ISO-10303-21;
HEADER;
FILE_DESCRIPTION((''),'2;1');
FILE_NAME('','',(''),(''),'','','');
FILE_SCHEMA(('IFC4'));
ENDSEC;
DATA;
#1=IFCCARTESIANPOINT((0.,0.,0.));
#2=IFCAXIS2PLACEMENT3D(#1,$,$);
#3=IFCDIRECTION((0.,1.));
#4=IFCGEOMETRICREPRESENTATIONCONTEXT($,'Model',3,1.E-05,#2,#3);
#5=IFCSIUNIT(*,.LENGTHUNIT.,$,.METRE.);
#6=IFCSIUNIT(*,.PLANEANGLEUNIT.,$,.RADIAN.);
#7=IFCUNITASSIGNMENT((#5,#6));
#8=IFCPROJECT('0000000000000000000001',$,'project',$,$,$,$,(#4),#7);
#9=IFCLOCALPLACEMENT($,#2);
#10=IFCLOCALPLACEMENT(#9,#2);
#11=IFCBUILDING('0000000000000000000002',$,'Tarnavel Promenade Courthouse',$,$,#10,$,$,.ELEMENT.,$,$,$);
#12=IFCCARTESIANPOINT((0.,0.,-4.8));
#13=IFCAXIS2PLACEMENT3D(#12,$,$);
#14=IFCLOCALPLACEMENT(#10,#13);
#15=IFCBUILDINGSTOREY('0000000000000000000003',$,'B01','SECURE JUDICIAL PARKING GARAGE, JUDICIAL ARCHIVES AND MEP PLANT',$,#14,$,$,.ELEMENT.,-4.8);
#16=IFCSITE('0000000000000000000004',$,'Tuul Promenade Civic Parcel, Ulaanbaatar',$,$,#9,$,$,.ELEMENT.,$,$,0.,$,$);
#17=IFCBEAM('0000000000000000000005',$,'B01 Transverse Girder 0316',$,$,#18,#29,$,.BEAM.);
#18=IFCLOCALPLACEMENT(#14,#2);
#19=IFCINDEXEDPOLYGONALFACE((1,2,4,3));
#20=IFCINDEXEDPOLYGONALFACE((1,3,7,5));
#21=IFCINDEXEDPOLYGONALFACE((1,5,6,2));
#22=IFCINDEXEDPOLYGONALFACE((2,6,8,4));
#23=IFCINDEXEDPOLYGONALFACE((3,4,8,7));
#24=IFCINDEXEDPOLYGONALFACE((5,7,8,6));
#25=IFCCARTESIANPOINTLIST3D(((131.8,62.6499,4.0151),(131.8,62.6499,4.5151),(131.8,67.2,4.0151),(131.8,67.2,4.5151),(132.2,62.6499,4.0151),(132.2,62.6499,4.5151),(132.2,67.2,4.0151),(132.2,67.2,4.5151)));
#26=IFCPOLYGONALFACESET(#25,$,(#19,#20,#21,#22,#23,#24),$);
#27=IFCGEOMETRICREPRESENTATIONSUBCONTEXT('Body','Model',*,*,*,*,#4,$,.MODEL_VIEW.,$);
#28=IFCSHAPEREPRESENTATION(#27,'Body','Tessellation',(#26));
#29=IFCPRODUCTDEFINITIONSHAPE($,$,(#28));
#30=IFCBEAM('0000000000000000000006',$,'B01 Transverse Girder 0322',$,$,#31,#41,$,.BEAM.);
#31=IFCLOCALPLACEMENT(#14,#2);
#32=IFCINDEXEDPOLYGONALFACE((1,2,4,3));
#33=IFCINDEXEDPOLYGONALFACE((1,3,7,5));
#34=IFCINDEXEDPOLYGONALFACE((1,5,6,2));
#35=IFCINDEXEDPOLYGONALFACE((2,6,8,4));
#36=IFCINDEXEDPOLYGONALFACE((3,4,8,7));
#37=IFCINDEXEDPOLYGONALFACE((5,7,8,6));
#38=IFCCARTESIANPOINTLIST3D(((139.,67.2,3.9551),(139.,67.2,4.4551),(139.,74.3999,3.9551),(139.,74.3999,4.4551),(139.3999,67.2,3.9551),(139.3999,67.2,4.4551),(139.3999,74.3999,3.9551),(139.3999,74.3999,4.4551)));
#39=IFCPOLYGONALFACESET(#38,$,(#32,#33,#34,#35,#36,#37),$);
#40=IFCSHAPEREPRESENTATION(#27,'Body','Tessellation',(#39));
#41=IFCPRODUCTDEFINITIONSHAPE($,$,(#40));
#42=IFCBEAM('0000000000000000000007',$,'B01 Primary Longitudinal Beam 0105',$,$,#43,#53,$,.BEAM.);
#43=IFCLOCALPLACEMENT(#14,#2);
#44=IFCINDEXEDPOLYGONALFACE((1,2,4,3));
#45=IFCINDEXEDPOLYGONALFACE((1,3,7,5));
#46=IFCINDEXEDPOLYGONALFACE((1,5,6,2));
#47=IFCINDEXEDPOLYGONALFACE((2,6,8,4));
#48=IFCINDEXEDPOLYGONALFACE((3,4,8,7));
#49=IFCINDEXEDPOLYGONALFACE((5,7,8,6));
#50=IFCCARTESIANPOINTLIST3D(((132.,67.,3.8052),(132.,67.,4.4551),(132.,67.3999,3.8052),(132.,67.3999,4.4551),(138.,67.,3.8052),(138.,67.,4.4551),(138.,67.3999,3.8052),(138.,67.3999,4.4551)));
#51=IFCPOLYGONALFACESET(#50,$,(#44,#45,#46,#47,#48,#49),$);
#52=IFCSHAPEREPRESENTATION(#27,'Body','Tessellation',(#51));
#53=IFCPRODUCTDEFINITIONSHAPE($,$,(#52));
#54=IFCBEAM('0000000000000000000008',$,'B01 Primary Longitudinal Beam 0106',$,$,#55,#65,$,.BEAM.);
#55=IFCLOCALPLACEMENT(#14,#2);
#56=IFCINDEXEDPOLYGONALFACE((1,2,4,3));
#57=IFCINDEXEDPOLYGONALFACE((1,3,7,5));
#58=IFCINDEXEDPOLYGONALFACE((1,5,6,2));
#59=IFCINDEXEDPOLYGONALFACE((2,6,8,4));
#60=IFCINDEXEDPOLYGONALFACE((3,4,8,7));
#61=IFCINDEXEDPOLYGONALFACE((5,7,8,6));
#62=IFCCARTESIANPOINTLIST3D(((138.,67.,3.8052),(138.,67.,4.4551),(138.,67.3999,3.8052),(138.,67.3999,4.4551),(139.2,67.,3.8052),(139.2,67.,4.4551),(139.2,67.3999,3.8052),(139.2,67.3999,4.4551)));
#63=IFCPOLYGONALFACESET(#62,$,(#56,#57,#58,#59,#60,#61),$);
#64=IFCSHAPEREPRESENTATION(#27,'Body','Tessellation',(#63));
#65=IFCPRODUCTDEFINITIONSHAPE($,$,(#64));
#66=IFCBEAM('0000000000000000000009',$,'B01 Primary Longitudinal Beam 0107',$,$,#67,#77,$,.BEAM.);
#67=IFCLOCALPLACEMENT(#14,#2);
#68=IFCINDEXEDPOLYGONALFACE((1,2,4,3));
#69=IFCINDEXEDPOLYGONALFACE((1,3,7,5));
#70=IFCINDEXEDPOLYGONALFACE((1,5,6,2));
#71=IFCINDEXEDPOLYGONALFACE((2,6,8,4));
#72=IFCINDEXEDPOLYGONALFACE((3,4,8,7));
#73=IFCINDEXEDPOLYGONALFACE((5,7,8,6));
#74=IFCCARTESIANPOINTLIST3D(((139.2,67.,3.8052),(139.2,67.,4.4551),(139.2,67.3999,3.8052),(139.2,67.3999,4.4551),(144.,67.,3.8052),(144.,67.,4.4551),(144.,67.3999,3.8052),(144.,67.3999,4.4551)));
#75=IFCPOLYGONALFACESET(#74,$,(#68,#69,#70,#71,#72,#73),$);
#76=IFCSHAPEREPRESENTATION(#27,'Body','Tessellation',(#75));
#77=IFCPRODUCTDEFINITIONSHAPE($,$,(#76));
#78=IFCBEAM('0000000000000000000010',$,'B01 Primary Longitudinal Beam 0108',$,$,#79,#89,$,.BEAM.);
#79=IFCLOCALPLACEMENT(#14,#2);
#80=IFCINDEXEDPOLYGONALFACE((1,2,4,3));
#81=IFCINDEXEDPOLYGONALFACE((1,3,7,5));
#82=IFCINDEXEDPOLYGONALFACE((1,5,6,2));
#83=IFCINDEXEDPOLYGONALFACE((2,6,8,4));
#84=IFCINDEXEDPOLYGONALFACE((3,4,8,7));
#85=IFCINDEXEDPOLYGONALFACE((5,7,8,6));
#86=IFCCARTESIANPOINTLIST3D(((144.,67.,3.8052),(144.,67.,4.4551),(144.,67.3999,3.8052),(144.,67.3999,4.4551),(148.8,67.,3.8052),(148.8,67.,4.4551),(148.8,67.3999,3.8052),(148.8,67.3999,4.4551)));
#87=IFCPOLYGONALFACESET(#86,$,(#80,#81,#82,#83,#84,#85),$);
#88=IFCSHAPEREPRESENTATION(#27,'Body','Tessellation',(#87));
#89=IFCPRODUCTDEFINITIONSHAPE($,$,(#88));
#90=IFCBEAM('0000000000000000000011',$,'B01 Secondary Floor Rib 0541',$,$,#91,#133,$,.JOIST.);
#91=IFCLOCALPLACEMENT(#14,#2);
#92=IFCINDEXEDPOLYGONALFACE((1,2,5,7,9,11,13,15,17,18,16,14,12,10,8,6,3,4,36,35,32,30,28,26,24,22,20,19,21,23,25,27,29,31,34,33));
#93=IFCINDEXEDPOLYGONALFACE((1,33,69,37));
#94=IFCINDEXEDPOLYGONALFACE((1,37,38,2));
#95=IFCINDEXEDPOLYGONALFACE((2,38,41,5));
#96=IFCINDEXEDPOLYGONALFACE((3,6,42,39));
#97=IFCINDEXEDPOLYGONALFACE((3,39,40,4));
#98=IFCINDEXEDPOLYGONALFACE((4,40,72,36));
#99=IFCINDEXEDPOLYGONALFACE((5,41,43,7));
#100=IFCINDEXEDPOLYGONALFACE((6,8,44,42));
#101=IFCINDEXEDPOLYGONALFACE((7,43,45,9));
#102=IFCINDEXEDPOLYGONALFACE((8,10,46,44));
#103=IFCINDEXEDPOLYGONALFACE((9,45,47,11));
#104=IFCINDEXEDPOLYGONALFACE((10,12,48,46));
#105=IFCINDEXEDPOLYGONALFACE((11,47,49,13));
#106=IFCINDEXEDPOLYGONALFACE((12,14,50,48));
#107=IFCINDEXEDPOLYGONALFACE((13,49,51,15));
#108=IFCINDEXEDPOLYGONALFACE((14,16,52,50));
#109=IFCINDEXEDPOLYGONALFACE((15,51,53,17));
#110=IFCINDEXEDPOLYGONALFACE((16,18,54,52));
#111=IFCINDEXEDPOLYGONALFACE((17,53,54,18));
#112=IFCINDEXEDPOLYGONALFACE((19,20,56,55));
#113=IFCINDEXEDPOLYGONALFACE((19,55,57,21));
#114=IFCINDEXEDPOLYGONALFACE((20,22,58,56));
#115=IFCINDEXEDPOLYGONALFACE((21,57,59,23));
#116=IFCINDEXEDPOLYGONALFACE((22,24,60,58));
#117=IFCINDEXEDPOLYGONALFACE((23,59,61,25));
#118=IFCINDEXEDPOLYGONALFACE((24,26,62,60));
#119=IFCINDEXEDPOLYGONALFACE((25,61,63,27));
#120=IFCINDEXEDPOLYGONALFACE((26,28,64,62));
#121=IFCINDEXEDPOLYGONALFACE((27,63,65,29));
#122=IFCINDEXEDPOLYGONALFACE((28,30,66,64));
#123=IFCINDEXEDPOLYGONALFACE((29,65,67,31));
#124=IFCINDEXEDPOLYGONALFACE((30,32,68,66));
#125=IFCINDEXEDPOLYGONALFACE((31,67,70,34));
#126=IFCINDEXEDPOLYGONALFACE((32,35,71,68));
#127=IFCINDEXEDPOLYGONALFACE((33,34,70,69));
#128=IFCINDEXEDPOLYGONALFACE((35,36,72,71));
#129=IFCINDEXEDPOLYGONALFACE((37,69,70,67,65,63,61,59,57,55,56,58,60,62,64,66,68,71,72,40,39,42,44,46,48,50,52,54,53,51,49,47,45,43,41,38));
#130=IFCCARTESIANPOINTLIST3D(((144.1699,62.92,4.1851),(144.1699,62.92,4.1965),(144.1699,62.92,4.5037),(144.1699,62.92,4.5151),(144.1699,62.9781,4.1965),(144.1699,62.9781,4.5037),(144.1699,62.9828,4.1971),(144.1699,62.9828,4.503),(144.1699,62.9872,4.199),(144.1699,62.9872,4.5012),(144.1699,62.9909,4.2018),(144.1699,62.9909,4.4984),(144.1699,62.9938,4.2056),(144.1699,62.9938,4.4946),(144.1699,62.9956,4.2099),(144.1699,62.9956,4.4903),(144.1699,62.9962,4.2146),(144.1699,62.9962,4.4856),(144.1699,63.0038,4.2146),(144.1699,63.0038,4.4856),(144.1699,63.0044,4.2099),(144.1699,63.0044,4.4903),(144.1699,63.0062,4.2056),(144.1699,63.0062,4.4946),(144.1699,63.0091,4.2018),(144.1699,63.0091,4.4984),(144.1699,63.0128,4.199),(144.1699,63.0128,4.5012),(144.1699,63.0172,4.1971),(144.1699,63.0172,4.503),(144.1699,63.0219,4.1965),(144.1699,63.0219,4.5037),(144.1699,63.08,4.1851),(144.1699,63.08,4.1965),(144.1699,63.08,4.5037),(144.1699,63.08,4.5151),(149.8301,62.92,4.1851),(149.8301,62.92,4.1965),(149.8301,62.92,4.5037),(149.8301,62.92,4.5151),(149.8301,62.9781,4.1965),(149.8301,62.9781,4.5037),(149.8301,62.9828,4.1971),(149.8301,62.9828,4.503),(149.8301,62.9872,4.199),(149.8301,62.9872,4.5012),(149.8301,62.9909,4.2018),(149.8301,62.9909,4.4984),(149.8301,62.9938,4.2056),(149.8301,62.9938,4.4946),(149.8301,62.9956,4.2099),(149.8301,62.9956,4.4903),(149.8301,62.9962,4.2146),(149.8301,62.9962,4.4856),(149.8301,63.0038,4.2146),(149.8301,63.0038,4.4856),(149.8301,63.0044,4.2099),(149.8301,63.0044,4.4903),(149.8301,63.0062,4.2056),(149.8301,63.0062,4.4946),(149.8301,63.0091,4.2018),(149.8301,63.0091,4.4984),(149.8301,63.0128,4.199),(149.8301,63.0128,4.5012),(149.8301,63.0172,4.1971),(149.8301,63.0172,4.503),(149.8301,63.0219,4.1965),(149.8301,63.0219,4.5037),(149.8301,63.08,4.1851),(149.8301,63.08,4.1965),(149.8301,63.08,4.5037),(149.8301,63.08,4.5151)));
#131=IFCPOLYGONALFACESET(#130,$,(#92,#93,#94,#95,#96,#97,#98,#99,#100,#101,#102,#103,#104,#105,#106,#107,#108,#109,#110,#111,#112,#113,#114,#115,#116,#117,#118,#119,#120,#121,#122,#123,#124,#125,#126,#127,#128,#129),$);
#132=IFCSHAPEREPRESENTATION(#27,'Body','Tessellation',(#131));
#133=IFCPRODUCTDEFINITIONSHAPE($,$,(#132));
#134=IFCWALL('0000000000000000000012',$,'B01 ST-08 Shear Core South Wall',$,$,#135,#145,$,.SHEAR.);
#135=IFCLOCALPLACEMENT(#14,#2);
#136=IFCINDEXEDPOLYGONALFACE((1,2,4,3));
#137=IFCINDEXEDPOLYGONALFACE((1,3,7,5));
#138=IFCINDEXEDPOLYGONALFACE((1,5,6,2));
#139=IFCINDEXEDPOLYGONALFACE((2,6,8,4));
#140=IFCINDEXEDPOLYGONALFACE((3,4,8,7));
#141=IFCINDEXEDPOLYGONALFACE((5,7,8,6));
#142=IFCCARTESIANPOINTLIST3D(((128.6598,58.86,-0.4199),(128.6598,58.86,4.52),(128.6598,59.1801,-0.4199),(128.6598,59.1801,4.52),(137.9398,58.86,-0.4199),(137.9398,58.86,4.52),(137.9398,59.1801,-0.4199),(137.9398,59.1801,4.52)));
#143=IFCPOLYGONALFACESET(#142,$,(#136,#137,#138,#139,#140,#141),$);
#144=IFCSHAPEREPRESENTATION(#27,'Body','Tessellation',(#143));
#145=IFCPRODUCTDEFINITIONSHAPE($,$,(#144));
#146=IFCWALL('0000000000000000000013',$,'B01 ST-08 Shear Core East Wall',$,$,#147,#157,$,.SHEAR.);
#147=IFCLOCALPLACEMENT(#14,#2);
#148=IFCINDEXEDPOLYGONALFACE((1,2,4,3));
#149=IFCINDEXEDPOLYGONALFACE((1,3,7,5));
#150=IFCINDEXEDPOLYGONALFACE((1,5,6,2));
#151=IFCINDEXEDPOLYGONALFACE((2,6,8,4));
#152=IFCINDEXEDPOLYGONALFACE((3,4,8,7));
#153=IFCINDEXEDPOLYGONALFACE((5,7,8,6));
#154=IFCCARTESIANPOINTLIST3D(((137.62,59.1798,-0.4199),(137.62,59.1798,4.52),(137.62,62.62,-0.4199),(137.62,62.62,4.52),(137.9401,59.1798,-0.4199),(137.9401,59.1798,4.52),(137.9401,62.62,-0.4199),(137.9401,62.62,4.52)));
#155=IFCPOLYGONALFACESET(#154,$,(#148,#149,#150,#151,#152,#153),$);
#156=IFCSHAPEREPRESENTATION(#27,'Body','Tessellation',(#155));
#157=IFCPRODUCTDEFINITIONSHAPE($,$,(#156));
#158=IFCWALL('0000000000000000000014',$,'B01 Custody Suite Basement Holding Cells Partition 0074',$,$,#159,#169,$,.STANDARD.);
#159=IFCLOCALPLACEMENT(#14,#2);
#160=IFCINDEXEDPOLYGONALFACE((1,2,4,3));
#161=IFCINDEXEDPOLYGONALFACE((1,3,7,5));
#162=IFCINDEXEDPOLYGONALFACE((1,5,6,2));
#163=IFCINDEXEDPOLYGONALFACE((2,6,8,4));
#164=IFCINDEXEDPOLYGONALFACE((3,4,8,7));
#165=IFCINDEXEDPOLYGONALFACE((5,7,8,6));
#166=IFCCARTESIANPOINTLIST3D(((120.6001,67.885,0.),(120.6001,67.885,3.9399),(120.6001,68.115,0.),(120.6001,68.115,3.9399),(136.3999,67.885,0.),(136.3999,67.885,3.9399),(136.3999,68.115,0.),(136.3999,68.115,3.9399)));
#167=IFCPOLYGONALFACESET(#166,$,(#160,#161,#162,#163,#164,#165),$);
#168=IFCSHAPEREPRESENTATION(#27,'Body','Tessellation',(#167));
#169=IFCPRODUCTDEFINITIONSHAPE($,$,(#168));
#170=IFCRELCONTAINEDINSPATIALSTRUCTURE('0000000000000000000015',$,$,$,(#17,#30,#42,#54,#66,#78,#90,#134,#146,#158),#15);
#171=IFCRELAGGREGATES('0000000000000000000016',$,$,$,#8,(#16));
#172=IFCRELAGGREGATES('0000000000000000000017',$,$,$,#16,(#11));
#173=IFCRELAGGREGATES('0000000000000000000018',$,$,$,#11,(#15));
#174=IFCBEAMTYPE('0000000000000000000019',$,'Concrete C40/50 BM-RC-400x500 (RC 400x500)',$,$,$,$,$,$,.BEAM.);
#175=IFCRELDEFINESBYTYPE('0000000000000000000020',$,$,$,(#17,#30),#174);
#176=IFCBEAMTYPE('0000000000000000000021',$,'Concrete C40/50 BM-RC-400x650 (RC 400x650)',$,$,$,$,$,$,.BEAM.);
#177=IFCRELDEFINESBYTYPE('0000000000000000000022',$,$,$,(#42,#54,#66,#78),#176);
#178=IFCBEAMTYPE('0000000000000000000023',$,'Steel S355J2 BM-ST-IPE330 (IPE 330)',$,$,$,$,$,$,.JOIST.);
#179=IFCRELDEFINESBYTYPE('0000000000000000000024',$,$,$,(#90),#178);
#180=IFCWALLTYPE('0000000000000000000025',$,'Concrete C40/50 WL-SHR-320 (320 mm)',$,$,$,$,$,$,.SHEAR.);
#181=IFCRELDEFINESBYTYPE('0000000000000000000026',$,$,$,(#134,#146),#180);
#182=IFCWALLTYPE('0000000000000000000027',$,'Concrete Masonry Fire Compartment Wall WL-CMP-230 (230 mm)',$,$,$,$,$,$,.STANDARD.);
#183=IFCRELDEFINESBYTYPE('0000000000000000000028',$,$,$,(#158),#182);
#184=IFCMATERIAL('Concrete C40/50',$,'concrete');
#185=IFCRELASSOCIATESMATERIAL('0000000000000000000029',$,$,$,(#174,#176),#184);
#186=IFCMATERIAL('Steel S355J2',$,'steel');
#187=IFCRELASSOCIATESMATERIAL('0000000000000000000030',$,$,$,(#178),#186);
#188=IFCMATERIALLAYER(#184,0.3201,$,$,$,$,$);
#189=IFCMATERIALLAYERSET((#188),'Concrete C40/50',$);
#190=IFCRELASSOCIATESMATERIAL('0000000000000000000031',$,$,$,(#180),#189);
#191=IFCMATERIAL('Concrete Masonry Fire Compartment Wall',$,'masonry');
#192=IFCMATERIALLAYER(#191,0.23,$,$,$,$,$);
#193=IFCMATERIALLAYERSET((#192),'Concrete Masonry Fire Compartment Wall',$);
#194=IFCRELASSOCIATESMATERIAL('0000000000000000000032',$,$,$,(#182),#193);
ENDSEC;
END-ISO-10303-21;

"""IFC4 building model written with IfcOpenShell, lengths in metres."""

from ifc_helpers import new_model, si_unit, direction, frame, frame_2d, origin, origin_2d, place, context, subcontext, project, spatial, rectangle, i_section, extrude, material, layer, layer_set, material_profile, profile_set, type_object, element, save


model = new_model("IFC4")

# Units and contexts
model_context = context("Model", 3, precision=1e-05, world=origin(), true_north=direction((0.0, 1.0)))
body_context = subcontext(model_context, "Body", "Model", "MODEL_VIEW")
ifc_project = project(units=[si_unit("LENGTHUNIT", "METRE"), si_unit("PLANEANGLEUNIT", "RADIAN")], contexts=[model_context])

# Site, building, storey
site_placement = place(None, origin())
site = spatial("IfcSite", under=ifc_project, at=site_placement, Name="Tuul Promenade Civic Parcel, Ulaanbaatar", CompositionType="ELEMENT", RefElevation=0.0)
building_placement = place(site_placement, origin())
building = spatial("IfcBuilding", under=site, at=building_placement, Name="Tarnavel Promenade Courthouse", CompositionType="ELEMENT")
storey_placement = place(building_placement, frame((0.0, 0.0, -4.8)))
storey = spatial("IfcBuildingStorey", under=building, at=storey_placement, Name="B01", Description="SECURE JUDICIAL PARKING GARAGE, JUDICIAL ARCHIVES AND MEP PLANT", CompositionType="ELEMENT", Elevation=-4.8)

# Shared definitions
ifc_material_1 = material(Name="Concrete C40/50", Category="concrete")

# Beams
ifc_material_profile_1 = material_profile(ifc_material_1, rectangle(XDim=0.3999, YDim=0.5, at=origin_2d()), Name="RC 400x500")
ifc_profile_set_1 = profile_set([ifc_material_profile_1], Name="Concrete C40/50")
beam_type_1 = type_object("IfcBeamType", Name="Concrete C40/50 BM-RC-400x500 (RC 400x500)", PredefinedType="BEAM", material=ifc_profile_set_1)
beam_1_placement = place(storey_placement, frame((132.0, 62.6499, 4.2651), z_axis=(0.0, 1.0, 0.0), x_axis=(-1.0, 0.0, 0.0)))
element("IfcBeam", 1, at=beam_1_placement, inside=storey, type_object=beam_type_1, Name="B01 Transverse Girder 0316", PredefinedType="BEAM", context=body_context, shape_type="SweptSolid", body=[
    extrude(rectangle(XDim=0.3999, YDim=0.5, at=origin_2d()), origin(), (0.0, 0.0, 1.0), 4.55),
])
beam_2_placement = place(storey_placement, frame((139.2, 67.2, 4.2051), z_axis=(0.0, 1.0, 0.0), x_axis=(-1.0, 0.0, 0.0)))
element("IfcBeam", 2, at=beam_2_placement, inside=storey, type_object=beam_type_1, Name="B01 Transverse Girder 0322", PredefinedType="BEAM", context=body_context, shape_type="SweptSolid", body=[
    extrude(rectangle(XDim=0.3999, YDim=0.5, at=origin_2d()), origin(), (0.0, 0.0, 1.0), 7.2),
])
ifc_material_profile_2 = material_profile(ifc_material_1, rectangle(XDim=0.3999, YDim=0.6499, at=origin_2d()), Name="RC 400x650")
ifc_profile_set_2 = profile_set([ifc_material_profile_2], Name="Concrete C40/50")
beam_type_2 = type_object("IfcBeamType", Name="Concrete C40/50 BM-RC-400x650 (RC 400x650)", PredefinedType="BEAM", material=ifc_profile_set_2)
beam_3_placement = place(storey_placement, frame((132.0, 67.2, 4.1301), z_axis=(1.0, 0.0, 0.0), x_axis=(0.0, 1.0, 0.0)))
element("IfcBeam", 3, at=beam_3_placement, inside=storey, type_object=beam_type_2, Name="B01 Primary Longitudinal Beam 0105", PredefinedType="BEAM", context=body_context, shape_type="SweptSolid", body=[
    extrude(rectangle(XDim=0.3999, YDim=0.6499, at=origin_2d()), origin(), (0.0, 0.0, 1.0), 6.0),
])
beam_4_placement = place(storey_placement, frame((138.0, 67.2, 4.1301), z_axis=(1.0, 0.0, 0.0), x_axis=(0.0, 1.0, 0.0)))
element("IfcBeam", 4, at=beam_4_placement, inside=storey, type_object=beam_type_2, Name="B01 Primary Longitudinal Beam 0106", PredefinedType="BEAM", context=body_context, shape_type="SweptSolid", body=[
    extrude(rectangle(XDim=0.3999, YDim=0.6499, at=origin_2d()), origin(), (0.0, 0.0, 1.0), 1.2),
])
for number, where, z_axis, x_axis, name in (
    (5, (139.2, 67.2, 4.1301), (1.0, 0.0, 0.0), (0.0, 1.0, 0.0), "B01 Primary Longitudinal Beam 0107"),
    (6, (144.0, 67.2, 4.1301), (1.0, 0.0, 0.0), (0.0, 1.0, 0.0), "B01 Primary Longitudinal Beam 0108"),
):
    element("IfcBeam", number, at=place(storey_placement, frame(where, z_axis=z_axis, x_axis=x_axis)), inside=storey, type_object=beam_type_2, Name=name, PredefinedType="BEAM", context=body_context, shape_type="SweptSolid", body=[
        extrude(rectangle(XDim=0.3999, YDim=0.6499, at=origin_2d()), origin(), (0.0, 0.0, 1.0), 4.8),
    ])
ifc_material_2 = material(Name="Steel S355J2", Category="steel")
ifc_material_profile_3 = material_profile(ifc_material_2, i_section(OverallWidth=0.1599, OverallDepth=0.3301, WebThickness=0.0076, FlangeThickness=0.0115, FilletRadius=0.0181, at=origin_2d()), Name="IPE 330")
ifc_profile_set_3 = profile_set([ifc_material_profile_3], Name="Steel S355J2")
beam_type_3 = type_object("IfcBeamType", Name="Steel S355J2 BM-ST-IPE330 (IPE 330)", PredefinedType="JOIST", material=ifc_profile_set_3)
beam_5_placement = place(storey_placement, frame((144.1699, 63.0, 4.3501), z_axis=(1.0, 0.0, 0.0), x_axis=(0.0, 1.0, 0.0)))
element("IfcBeam", 7, at=beam_5_placement, inside=storey, type_object=beam_type_3, Name="B01 Secondary Floor Rib 0541", PredefinedType="JOIST", context=body_context, shape_type="SweptSolid", body=[
    extrude(i_section(OverallWidth=0.1599, OverallDepth=0.3301, WebThickness=0.0076, FlangeThickness=0.0115, FilletRadius=0.0181, at=origin_2d()), origin(), (0.0, 0.0, 1.0), 5.6602),
])

# Walls
ifc_layer_1 = layer(ifc_material_1, 0.3201)
ifc_layer_set_1 = layer_set([ifc_layer_1], Name="Concrete C40/50")
wall_type_1 = type_object("IfcWallType", Name="Concrete C40/50 WL-SHR-320 (320 mm)", PredefinedType="SHEAR", material=ifc_layer_set_1)
wall_1_placement = place(storey_placement, frame((137.9399, 59.02, -0.4199), z_axis=(0.0, 0.0, 1.0), x_axis=(-1.0, 0.0, 0.0)))
element("IfcWall", 8, at=wall_1_placement, inside=storey, type_object=wall_type_1, Name="B01 ST-08 Shear Core South Wall", PredefinedType="SHEAR", context=body_context, shape_type="SweptSolid", body=[
    extrude(rectangle(XDim=9.28, YDim=0.3201, at=frame_2d((4.6401, 0.0))), origin(), (0.0, 0.0, 1.0), 4.9399),
])
wall_2_placement = place(storey_placement, frame((137.78, 62.6201, -0.4199), z_axis=(0.0, 0.0, 1.0), x_axis=(0.0, -1.0, 0.0)))
element("IfcWall", 9, at=wall_2_placement, inside=storey, type_object=wall_type_1, Name="B01 ST-08 Shear Core East Wall", PredefinedType="SHEAR", context=body_context, shape_type="SweptSolid", body=[
    extrude(rectangle(XDim=3.4402, YDim=0.3201, at=frame_2d((1.7202, 0.0))), origin(), (0.0, 0.0, 1.0), 4.9399),
])
ifc_material_3 = material(Name="Concrete Masonry Fire Compartment Wall", Category="masonry")
ifc_layer_2 = layer(ifc_material_3, 0.23)
ifc_layer_set_2 = layer_set([ifc_layer_2], Name="Concrete Masonry Fire Compartment Wall")
wall_type_2 = type_object("IfcWallType", Name="Concrete Masonry Fire Compartment Wall WL-CMP-230 (230 mm)", PredefinedType="STANDARD", material=ifc_layer_set_2)
wall_3_placement = place(storey_placement, frame((136.3999, 68.0, 0.0), z_axis=(0.0, 0.0, 1.0), x_axis=(-1.0, 0.0, 0.0)))
element("IfcWall", 10, at=wall_3_placement, inside=storey, type_object=wall_type_2, Name="B01 Custody Suite Basement Holding Cells Partition 0074", PredefinedType="STANDARD", context=body_context, shape_type="SweptSolid", body=[
    extrude(rectangle(XDim=15.7998, YDim=0.23, at=frame_2d((7.8999, 0.0))), origin(), (0.0, 0.0, 1.0), 3.9399),
])

save(model, "model.ifc")
